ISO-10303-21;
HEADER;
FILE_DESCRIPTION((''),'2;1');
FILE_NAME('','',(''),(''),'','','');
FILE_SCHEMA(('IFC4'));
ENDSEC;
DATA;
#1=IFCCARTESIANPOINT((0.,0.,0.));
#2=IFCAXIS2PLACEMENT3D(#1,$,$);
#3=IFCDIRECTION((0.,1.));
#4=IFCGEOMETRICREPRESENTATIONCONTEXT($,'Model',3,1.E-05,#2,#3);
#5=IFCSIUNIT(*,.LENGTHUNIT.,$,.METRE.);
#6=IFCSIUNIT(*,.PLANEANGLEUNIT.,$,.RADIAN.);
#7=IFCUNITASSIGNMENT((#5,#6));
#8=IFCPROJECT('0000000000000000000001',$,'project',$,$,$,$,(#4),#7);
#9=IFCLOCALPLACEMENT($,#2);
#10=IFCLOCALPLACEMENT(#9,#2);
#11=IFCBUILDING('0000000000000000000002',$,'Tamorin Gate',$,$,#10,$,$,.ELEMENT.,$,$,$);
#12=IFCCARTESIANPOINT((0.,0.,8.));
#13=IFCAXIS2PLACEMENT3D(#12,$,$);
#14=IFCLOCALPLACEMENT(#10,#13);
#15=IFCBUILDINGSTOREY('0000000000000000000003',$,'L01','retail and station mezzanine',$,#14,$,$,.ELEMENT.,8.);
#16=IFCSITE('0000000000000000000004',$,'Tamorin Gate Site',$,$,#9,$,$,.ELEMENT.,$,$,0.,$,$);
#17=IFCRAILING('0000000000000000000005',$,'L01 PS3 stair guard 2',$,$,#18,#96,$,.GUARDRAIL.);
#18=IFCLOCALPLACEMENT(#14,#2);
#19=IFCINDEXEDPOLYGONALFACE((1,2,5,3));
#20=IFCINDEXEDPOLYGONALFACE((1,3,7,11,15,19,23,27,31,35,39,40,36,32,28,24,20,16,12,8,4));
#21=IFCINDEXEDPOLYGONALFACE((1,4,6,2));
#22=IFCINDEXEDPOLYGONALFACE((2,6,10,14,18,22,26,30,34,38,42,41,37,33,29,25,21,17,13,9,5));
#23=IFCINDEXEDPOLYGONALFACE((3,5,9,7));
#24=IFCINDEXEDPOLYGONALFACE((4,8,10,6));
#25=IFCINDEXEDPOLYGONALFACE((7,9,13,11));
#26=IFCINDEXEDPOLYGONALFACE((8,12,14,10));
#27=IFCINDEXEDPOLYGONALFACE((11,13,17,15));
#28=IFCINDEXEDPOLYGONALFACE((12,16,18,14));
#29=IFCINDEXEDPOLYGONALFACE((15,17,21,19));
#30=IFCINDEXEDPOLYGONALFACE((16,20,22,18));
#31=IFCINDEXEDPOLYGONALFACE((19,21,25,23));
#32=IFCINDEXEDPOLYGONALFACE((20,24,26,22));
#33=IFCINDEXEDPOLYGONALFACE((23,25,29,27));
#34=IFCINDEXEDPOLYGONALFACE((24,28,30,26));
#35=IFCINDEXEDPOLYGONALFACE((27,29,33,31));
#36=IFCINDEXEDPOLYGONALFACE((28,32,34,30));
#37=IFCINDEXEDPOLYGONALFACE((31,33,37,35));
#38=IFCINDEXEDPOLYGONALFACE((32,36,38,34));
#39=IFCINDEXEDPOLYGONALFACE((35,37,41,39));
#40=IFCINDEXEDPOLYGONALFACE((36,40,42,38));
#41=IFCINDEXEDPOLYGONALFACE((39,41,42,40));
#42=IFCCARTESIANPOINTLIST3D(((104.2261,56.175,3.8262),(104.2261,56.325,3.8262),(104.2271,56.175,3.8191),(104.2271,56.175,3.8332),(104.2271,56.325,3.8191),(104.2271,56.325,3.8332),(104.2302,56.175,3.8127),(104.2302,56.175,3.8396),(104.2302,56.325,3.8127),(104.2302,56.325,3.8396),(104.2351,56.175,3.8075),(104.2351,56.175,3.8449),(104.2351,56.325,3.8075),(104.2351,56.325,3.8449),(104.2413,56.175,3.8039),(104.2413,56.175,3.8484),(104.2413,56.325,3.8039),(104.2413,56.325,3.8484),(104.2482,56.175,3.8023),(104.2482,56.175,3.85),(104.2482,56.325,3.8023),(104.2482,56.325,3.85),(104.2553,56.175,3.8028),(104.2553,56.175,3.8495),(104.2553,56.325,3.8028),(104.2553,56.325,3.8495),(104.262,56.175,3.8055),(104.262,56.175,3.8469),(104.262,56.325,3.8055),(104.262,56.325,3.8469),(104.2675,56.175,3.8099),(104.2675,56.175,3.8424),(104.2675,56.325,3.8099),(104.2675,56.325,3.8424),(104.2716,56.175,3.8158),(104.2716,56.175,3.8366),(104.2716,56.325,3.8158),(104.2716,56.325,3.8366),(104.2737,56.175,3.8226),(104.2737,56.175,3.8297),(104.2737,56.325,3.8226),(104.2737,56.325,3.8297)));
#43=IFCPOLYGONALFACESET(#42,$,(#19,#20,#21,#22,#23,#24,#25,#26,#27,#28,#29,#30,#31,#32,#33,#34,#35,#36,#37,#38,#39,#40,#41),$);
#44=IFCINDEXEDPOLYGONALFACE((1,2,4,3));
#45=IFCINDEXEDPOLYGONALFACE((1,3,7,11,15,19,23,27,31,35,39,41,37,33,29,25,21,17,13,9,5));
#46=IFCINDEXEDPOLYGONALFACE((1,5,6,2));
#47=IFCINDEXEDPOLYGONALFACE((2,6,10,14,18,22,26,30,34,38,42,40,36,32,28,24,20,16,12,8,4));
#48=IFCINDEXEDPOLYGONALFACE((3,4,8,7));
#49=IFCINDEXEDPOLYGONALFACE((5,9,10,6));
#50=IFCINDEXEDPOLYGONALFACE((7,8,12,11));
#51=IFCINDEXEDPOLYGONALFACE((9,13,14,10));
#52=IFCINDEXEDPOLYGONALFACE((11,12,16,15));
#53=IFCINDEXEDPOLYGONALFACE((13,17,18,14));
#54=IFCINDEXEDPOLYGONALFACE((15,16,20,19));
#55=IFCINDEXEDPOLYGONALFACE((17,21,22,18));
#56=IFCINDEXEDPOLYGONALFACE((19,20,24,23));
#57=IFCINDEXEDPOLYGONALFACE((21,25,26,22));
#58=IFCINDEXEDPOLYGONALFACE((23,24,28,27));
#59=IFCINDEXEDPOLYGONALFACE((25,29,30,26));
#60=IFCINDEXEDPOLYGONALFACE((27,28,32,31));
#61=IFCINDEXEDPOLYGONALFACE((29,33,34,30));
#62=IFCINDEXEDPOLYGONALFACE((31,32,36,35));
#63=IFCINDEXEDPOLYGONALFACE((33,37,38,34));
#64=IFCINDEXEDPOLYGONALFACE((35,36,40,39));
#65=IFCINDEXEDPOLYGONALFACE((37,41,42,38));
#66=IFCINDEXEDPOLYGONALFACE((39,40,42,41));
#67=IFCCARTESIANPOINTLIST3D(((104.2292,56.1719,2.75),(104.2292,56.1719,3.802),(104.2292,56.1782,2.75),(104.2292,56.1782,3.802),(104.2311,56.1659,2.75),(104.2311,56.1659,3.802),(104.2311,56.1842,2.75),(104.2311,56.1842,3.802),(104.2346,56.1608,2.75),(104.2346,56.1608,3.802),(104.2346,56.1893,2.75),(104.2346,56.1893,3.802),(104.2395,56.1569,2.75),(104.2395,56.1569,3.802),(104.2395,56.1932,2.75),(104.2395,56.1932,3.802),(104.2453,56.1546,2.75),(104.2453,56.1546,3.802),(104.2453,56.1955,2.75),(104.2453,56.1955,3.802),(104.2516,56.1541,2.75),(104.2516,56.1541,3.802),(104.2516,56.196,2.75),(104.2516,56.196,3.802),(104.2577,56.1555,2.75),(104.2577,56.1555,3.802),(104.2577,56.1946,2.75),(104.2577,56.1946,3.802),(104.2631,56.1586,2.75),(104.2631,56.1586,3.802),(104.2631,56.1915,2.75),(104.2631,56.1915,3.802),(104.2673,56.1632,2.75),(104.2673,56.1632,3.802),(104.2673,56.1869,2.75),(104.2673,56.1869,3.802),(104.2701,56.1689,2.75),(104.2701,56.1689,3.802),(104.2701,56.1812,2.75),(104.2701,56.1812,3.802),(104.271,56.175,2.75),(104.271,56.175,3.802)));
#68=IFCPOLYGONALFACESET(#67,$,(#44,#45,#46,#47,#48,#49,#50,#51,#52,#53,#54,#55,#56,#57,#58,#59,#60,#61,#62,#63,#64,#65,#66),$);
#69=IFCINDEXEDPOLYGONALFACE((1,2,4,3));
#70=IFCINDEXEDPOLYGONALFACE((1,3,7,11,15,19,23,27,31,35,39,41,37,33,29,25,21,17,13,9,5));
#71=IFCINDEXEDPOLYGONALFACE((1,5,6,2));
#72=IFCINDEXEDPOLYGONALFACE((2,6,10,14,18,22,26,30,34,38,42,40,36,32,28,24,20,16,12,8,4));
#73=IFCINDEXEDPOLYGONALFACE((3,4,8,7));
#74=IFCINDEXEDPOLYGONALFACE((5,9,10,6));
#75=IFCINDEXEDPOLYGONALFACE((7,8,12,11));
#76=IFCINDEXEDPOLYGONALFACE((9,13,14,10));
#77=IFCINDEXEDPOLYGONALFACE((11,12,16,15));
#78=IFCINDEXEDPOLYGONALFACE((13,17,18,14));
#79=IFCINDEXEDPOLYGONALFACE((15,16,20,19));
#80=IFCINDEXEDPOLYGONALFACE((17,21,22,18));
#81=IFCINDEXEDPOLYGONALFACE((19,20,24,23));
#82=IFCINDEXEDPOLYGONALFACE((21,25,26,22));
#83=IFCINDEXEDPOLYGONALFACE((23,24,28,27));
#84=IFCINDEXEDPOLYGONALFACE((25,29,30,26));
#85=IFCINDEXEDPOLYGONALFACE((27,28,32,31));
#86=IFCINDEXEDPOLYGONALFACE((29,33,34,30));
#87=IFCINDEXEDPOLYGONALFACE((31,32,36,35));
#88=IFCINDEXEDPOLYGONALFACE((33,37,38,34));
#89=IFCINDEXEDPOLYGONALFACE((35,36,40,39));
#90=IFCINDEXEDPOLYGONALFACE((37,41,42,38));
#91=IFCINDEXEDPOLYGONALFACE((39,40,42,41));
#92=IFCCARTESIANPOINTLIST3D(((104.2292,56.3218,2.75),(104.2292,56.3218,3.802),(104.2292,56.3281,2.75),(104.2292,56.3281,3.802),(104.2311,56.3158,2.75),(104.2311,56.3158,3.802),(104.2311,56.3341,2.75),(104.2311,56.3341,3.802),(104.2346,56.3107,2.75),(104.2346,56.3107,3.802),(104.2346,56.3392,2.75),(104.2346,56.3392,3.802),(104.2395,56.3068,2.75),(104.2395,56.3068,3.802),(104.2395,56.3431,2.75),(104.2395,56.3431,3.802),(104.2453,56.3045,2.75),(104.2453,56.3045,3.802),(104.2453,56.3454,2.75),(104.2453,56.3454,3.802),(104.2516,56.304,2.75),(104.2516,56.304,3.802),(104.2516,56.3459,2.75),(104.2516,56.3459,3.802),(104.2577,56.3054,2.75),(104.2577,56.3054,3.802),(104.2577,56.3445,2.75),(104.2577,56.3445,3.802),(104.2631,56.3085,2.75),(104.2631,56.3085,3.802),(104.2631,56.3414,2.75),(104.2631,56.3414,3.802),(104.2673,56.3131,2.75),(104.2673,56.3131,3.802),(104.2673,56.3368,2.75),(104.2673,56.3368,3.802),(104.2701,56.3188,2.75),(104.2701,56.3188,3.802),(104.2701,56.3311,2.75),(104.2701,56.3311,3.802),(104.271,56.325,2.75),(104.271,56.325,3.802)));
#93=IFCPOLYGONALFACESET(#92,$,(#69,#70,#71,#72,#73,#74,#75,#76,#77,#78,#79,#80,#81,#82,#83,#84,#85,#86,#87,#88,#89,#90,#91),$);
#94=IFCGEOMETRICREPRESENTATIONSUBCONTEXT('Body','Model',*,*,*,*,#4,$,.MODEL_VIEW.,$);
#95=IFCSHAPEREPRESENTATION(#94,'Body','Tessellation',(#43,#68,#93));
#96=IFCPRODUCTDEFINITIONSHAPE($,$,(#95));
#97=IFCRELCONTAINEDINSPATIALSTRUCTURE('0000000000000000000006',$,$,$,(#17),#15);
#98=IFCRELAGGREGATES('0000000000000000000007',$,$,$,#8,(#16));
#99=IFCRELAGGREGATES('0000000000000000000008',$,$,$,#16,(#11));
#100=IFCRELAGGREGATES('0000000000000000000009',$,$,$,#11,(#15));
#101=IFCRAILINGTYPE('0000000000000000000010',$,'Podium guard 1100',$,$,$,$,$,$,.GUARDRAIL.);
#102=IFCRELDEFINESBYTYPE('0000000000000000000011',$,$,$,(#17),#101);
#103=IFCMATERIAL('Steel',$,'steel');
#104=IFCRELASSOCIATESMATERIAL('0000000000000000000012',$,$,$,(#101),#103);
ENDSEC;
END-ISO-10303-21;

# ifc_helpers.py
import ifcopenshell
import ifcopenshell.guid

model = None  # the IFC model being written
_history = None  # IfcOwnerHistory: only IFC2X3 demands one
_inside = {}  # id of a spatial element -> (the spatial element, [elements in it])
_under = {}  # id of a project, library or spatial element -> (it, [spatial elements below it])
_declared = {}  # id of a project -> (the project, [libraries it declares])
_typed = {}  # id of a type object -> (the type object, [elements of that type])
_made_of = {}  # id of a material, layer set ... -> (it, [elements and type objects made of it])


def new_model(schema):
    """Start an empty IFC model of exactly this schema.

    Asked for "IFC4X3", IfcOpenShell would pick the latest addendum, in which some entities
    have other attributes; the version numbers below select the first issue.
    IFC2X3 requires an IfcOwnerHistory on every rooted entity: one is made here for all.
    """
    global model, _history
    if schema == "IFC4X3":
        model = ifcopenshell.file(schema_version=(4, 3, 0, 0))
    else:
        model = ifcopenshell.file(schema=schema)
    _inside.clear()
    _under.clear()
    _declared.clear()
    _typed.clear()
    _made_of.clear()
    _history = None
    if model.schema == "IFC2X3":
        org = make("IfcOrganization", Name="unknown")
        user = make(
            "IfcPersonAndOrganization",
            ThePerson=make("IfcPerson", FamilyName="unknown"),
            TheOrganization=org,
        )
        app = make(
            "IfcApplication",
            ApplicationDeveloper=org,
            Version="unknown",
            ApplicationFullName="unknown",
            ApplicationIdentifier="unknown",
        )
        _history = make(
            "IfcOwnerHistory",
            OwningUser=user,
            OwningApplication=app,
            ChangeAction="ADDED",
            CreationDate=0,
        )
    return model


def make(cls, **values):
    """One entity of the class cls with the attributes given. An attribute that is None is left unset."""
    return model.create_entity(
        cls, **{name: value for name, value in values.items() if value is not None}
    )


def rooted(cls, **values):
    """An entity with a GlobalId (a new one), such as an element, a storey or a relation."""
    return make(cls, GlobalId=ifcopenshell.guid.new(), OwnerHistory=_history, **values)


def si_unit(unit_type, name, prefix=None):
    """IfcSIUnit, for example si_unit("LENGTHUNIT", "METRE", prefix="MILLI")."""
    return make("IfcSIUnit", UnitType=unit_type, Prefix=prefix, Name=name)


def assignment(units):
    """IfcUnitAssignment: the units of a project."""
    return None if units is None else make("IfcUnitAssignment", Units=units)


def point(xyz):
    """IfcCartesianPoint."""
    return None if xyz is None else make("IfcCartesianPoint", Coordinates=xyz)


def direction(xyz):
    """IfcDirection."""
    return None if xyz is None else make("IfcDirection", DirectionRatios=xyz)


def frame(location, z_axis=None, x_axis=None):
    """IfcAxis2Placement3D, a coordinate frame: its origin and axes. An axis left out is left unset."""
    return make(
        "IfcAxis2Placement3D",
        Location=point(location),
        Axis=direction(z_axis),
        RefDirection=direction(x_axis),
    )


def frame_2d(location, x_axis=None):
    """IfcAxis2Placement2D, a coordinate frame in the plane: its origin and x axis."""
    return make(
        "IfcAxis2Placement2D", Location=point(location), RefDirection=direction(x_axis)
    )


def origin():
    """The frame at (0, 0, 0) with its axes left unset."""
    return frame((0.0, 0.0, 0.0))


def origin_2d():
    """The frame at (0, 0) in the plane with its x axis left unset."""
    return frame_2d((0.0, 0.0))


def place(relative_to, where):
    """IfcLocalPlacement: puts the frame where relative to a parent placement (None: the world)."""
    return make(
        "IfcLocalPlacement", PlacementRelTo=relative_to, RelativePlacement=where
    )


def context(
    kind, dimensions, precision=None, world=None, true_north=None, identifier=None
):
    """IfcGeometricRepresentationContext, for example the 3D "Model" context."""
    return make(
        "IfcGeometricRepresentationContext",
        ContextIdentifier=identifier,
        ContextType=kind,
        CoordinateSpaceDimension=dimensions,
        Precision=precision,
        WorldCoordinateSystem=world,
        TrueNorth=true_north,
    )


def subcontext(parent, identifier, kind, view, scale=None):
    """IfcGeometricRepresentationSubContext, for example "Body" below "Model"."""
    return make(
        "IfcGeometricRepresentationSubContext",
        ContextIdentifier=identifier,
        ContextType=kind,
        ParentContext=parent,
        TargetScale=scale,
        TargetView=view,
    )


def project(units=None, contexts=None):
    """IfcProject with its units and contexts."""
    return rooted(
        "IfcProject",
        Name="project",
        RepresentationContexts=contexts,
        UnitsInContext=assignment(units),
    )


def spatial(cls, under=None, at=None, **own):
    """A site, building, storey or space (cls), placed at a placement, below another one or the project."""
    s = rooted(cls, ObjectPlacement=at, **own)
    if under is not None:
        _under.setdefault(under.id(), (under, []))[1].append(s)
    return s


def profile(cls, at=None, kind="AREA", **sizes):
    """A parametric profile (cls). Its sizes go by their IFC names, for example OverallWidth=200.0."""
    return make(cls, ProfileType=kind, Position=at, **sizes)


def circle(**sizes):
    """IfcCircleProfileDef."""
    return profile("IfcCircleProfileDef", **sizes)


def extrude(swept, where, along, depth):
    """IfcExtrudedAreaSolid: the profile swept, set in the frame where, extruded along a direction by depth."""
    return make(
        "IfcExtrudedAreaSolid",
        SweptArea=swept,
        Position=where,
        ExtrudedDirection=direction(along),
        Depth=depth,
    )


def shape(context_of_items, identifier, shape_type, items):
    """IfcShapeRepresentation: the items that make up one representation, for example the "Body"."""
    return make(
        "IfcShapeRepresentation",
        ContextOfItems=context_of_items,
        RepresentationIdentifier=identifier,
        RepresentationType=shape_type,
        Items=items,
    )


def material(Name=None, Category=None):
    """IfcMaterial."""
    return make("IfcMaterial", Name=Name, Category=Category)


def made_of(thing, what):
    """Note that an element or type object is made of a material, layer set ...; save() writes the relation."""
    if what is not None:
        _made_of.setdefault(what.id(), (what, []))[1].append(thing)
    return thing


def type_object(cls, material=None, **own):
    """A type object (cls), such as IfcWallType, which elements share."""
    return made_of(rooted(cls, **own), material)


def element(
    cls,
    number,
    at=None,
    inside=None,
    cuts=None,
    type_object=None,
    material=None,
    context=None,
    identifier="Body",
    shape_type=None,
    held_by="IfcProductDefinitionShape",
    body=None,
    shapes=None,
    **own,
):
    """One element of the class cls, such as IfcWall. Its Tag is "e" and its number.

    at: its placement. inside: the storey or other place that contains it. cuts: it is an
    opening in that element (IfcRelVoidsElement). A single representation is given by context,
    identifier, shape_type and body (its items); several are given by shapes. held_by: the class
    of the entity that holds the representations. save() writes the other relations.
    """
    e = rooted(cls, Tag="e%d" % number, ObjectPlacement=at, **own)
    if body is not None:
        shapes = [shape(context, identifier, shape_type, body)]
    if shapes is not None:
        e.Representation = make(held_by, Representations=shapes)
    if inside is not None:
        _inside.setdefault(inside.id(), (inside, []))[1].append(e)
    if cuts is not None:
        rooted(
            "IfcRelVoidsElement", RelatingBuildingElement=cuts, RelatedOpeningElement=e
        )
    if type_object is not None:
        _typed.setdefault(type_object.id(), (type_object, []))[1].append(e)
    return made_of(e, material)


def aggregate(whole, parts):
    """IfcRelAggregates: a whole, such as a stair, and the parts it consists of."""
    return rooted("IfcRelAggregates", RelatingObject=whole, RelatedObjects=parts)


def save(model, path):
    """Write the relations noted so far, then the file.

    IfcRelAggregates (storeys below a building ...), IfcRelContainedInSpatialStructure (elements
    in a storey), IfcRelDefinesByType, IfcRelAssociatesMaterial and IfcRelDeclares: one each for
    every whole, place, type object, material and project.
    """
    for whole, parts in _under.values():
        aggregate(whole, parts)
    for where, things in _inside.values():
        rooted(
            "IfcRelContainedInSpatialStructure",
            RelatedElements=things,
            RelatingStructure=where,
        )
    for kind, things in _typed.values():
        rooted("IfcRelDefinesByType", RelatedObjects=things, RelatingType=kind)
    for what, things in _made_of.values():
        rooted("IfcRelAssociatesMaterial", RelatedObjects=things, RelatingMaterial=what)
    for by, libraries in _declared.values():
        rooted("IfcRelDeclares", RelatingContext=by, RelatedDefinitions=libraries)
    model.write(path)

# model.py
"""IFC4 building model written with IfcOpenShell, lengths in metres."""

from ifc_helpers import new_model, si_unit, direction, frame, origin, origin_2d, place, context, subcontext, project, spatial, circle, extrude, material, type_object, element, save


model = new_model("IFC4")

# Units and contexts
model_context = context("Model", 3, precision=1e-05, world=origin(), true_north=direction((0.0, 1.0)))
body_context = subcontext(model_context, "Body", "Model", "MODEL_VIEW")
ifc_project = project(units=[si_unit("LENGTHUNIT", "METRE"), si_unit("PLANEANGLEUNIT", "RADIAN")], contexts=[model_context])

# Site, building, storey
site_placement = place(None, origin())
site = spatial("IfcSite", under=ifc_project, at=site_placement, Name="Tamorin Gate Site", CompositionType="ELEMENT", RefElevation=0.0)
building_placement = place(site_placement, origin())
building = spatial("IfcBuilding", under=site, at=building_placement, Name="Tamorin Gate", CompositionType="ELEMENT")
storey_placement = place(building_placement, frame((0.0, 0.0, 8.0)))
storey = spatial("IfcBuildingStorey", under=building, at=storey_placement, Name="L01", Description="retail and station mezzanine", CompositionType="ELEMENT", Elevation=8.0)

# Railing
ifc_material_1 = material(Name="Steel", Category="steel")
railing_type_1 = type_object("IfcRailingType", Name="Podium guard 1100", PredefinedType="GUARDRAIL", material=ifc_material_1)
railing_1_placement = place(storey_placement, frame((104.25, 56.175, 2.75)))
element("IfcRailing", 1, at=railing_1_placement, inside=storey, type_object=railing_type_1, Name="L01 PS3 stair guard 2", PredefinedType="GUARDRAIL", context=body_context, shape_type="SweptSolid", body=[
    extrude(circle(Radius=0.0239, at=origin_2d()), frame((0.0, 0.0, 1.0762), z_axis=(0.0, 1.0, 0.0), x_axis=(-1.0, 0.0, 0.0)), (0.0, 0.0, 1.0), 0.1499),
    extrude(circle(Radius=0.021, at=origin_2d()), origin(), (0.0, 0.0, 1.0), 1.052),
    extrude(circle(Radius=0.021, at=origin_2d()), frame((0.0, 0.1499, 0.0)), (0.0, 0.0, 1.0), 1.052),
])

save(model, "model.ifc")
